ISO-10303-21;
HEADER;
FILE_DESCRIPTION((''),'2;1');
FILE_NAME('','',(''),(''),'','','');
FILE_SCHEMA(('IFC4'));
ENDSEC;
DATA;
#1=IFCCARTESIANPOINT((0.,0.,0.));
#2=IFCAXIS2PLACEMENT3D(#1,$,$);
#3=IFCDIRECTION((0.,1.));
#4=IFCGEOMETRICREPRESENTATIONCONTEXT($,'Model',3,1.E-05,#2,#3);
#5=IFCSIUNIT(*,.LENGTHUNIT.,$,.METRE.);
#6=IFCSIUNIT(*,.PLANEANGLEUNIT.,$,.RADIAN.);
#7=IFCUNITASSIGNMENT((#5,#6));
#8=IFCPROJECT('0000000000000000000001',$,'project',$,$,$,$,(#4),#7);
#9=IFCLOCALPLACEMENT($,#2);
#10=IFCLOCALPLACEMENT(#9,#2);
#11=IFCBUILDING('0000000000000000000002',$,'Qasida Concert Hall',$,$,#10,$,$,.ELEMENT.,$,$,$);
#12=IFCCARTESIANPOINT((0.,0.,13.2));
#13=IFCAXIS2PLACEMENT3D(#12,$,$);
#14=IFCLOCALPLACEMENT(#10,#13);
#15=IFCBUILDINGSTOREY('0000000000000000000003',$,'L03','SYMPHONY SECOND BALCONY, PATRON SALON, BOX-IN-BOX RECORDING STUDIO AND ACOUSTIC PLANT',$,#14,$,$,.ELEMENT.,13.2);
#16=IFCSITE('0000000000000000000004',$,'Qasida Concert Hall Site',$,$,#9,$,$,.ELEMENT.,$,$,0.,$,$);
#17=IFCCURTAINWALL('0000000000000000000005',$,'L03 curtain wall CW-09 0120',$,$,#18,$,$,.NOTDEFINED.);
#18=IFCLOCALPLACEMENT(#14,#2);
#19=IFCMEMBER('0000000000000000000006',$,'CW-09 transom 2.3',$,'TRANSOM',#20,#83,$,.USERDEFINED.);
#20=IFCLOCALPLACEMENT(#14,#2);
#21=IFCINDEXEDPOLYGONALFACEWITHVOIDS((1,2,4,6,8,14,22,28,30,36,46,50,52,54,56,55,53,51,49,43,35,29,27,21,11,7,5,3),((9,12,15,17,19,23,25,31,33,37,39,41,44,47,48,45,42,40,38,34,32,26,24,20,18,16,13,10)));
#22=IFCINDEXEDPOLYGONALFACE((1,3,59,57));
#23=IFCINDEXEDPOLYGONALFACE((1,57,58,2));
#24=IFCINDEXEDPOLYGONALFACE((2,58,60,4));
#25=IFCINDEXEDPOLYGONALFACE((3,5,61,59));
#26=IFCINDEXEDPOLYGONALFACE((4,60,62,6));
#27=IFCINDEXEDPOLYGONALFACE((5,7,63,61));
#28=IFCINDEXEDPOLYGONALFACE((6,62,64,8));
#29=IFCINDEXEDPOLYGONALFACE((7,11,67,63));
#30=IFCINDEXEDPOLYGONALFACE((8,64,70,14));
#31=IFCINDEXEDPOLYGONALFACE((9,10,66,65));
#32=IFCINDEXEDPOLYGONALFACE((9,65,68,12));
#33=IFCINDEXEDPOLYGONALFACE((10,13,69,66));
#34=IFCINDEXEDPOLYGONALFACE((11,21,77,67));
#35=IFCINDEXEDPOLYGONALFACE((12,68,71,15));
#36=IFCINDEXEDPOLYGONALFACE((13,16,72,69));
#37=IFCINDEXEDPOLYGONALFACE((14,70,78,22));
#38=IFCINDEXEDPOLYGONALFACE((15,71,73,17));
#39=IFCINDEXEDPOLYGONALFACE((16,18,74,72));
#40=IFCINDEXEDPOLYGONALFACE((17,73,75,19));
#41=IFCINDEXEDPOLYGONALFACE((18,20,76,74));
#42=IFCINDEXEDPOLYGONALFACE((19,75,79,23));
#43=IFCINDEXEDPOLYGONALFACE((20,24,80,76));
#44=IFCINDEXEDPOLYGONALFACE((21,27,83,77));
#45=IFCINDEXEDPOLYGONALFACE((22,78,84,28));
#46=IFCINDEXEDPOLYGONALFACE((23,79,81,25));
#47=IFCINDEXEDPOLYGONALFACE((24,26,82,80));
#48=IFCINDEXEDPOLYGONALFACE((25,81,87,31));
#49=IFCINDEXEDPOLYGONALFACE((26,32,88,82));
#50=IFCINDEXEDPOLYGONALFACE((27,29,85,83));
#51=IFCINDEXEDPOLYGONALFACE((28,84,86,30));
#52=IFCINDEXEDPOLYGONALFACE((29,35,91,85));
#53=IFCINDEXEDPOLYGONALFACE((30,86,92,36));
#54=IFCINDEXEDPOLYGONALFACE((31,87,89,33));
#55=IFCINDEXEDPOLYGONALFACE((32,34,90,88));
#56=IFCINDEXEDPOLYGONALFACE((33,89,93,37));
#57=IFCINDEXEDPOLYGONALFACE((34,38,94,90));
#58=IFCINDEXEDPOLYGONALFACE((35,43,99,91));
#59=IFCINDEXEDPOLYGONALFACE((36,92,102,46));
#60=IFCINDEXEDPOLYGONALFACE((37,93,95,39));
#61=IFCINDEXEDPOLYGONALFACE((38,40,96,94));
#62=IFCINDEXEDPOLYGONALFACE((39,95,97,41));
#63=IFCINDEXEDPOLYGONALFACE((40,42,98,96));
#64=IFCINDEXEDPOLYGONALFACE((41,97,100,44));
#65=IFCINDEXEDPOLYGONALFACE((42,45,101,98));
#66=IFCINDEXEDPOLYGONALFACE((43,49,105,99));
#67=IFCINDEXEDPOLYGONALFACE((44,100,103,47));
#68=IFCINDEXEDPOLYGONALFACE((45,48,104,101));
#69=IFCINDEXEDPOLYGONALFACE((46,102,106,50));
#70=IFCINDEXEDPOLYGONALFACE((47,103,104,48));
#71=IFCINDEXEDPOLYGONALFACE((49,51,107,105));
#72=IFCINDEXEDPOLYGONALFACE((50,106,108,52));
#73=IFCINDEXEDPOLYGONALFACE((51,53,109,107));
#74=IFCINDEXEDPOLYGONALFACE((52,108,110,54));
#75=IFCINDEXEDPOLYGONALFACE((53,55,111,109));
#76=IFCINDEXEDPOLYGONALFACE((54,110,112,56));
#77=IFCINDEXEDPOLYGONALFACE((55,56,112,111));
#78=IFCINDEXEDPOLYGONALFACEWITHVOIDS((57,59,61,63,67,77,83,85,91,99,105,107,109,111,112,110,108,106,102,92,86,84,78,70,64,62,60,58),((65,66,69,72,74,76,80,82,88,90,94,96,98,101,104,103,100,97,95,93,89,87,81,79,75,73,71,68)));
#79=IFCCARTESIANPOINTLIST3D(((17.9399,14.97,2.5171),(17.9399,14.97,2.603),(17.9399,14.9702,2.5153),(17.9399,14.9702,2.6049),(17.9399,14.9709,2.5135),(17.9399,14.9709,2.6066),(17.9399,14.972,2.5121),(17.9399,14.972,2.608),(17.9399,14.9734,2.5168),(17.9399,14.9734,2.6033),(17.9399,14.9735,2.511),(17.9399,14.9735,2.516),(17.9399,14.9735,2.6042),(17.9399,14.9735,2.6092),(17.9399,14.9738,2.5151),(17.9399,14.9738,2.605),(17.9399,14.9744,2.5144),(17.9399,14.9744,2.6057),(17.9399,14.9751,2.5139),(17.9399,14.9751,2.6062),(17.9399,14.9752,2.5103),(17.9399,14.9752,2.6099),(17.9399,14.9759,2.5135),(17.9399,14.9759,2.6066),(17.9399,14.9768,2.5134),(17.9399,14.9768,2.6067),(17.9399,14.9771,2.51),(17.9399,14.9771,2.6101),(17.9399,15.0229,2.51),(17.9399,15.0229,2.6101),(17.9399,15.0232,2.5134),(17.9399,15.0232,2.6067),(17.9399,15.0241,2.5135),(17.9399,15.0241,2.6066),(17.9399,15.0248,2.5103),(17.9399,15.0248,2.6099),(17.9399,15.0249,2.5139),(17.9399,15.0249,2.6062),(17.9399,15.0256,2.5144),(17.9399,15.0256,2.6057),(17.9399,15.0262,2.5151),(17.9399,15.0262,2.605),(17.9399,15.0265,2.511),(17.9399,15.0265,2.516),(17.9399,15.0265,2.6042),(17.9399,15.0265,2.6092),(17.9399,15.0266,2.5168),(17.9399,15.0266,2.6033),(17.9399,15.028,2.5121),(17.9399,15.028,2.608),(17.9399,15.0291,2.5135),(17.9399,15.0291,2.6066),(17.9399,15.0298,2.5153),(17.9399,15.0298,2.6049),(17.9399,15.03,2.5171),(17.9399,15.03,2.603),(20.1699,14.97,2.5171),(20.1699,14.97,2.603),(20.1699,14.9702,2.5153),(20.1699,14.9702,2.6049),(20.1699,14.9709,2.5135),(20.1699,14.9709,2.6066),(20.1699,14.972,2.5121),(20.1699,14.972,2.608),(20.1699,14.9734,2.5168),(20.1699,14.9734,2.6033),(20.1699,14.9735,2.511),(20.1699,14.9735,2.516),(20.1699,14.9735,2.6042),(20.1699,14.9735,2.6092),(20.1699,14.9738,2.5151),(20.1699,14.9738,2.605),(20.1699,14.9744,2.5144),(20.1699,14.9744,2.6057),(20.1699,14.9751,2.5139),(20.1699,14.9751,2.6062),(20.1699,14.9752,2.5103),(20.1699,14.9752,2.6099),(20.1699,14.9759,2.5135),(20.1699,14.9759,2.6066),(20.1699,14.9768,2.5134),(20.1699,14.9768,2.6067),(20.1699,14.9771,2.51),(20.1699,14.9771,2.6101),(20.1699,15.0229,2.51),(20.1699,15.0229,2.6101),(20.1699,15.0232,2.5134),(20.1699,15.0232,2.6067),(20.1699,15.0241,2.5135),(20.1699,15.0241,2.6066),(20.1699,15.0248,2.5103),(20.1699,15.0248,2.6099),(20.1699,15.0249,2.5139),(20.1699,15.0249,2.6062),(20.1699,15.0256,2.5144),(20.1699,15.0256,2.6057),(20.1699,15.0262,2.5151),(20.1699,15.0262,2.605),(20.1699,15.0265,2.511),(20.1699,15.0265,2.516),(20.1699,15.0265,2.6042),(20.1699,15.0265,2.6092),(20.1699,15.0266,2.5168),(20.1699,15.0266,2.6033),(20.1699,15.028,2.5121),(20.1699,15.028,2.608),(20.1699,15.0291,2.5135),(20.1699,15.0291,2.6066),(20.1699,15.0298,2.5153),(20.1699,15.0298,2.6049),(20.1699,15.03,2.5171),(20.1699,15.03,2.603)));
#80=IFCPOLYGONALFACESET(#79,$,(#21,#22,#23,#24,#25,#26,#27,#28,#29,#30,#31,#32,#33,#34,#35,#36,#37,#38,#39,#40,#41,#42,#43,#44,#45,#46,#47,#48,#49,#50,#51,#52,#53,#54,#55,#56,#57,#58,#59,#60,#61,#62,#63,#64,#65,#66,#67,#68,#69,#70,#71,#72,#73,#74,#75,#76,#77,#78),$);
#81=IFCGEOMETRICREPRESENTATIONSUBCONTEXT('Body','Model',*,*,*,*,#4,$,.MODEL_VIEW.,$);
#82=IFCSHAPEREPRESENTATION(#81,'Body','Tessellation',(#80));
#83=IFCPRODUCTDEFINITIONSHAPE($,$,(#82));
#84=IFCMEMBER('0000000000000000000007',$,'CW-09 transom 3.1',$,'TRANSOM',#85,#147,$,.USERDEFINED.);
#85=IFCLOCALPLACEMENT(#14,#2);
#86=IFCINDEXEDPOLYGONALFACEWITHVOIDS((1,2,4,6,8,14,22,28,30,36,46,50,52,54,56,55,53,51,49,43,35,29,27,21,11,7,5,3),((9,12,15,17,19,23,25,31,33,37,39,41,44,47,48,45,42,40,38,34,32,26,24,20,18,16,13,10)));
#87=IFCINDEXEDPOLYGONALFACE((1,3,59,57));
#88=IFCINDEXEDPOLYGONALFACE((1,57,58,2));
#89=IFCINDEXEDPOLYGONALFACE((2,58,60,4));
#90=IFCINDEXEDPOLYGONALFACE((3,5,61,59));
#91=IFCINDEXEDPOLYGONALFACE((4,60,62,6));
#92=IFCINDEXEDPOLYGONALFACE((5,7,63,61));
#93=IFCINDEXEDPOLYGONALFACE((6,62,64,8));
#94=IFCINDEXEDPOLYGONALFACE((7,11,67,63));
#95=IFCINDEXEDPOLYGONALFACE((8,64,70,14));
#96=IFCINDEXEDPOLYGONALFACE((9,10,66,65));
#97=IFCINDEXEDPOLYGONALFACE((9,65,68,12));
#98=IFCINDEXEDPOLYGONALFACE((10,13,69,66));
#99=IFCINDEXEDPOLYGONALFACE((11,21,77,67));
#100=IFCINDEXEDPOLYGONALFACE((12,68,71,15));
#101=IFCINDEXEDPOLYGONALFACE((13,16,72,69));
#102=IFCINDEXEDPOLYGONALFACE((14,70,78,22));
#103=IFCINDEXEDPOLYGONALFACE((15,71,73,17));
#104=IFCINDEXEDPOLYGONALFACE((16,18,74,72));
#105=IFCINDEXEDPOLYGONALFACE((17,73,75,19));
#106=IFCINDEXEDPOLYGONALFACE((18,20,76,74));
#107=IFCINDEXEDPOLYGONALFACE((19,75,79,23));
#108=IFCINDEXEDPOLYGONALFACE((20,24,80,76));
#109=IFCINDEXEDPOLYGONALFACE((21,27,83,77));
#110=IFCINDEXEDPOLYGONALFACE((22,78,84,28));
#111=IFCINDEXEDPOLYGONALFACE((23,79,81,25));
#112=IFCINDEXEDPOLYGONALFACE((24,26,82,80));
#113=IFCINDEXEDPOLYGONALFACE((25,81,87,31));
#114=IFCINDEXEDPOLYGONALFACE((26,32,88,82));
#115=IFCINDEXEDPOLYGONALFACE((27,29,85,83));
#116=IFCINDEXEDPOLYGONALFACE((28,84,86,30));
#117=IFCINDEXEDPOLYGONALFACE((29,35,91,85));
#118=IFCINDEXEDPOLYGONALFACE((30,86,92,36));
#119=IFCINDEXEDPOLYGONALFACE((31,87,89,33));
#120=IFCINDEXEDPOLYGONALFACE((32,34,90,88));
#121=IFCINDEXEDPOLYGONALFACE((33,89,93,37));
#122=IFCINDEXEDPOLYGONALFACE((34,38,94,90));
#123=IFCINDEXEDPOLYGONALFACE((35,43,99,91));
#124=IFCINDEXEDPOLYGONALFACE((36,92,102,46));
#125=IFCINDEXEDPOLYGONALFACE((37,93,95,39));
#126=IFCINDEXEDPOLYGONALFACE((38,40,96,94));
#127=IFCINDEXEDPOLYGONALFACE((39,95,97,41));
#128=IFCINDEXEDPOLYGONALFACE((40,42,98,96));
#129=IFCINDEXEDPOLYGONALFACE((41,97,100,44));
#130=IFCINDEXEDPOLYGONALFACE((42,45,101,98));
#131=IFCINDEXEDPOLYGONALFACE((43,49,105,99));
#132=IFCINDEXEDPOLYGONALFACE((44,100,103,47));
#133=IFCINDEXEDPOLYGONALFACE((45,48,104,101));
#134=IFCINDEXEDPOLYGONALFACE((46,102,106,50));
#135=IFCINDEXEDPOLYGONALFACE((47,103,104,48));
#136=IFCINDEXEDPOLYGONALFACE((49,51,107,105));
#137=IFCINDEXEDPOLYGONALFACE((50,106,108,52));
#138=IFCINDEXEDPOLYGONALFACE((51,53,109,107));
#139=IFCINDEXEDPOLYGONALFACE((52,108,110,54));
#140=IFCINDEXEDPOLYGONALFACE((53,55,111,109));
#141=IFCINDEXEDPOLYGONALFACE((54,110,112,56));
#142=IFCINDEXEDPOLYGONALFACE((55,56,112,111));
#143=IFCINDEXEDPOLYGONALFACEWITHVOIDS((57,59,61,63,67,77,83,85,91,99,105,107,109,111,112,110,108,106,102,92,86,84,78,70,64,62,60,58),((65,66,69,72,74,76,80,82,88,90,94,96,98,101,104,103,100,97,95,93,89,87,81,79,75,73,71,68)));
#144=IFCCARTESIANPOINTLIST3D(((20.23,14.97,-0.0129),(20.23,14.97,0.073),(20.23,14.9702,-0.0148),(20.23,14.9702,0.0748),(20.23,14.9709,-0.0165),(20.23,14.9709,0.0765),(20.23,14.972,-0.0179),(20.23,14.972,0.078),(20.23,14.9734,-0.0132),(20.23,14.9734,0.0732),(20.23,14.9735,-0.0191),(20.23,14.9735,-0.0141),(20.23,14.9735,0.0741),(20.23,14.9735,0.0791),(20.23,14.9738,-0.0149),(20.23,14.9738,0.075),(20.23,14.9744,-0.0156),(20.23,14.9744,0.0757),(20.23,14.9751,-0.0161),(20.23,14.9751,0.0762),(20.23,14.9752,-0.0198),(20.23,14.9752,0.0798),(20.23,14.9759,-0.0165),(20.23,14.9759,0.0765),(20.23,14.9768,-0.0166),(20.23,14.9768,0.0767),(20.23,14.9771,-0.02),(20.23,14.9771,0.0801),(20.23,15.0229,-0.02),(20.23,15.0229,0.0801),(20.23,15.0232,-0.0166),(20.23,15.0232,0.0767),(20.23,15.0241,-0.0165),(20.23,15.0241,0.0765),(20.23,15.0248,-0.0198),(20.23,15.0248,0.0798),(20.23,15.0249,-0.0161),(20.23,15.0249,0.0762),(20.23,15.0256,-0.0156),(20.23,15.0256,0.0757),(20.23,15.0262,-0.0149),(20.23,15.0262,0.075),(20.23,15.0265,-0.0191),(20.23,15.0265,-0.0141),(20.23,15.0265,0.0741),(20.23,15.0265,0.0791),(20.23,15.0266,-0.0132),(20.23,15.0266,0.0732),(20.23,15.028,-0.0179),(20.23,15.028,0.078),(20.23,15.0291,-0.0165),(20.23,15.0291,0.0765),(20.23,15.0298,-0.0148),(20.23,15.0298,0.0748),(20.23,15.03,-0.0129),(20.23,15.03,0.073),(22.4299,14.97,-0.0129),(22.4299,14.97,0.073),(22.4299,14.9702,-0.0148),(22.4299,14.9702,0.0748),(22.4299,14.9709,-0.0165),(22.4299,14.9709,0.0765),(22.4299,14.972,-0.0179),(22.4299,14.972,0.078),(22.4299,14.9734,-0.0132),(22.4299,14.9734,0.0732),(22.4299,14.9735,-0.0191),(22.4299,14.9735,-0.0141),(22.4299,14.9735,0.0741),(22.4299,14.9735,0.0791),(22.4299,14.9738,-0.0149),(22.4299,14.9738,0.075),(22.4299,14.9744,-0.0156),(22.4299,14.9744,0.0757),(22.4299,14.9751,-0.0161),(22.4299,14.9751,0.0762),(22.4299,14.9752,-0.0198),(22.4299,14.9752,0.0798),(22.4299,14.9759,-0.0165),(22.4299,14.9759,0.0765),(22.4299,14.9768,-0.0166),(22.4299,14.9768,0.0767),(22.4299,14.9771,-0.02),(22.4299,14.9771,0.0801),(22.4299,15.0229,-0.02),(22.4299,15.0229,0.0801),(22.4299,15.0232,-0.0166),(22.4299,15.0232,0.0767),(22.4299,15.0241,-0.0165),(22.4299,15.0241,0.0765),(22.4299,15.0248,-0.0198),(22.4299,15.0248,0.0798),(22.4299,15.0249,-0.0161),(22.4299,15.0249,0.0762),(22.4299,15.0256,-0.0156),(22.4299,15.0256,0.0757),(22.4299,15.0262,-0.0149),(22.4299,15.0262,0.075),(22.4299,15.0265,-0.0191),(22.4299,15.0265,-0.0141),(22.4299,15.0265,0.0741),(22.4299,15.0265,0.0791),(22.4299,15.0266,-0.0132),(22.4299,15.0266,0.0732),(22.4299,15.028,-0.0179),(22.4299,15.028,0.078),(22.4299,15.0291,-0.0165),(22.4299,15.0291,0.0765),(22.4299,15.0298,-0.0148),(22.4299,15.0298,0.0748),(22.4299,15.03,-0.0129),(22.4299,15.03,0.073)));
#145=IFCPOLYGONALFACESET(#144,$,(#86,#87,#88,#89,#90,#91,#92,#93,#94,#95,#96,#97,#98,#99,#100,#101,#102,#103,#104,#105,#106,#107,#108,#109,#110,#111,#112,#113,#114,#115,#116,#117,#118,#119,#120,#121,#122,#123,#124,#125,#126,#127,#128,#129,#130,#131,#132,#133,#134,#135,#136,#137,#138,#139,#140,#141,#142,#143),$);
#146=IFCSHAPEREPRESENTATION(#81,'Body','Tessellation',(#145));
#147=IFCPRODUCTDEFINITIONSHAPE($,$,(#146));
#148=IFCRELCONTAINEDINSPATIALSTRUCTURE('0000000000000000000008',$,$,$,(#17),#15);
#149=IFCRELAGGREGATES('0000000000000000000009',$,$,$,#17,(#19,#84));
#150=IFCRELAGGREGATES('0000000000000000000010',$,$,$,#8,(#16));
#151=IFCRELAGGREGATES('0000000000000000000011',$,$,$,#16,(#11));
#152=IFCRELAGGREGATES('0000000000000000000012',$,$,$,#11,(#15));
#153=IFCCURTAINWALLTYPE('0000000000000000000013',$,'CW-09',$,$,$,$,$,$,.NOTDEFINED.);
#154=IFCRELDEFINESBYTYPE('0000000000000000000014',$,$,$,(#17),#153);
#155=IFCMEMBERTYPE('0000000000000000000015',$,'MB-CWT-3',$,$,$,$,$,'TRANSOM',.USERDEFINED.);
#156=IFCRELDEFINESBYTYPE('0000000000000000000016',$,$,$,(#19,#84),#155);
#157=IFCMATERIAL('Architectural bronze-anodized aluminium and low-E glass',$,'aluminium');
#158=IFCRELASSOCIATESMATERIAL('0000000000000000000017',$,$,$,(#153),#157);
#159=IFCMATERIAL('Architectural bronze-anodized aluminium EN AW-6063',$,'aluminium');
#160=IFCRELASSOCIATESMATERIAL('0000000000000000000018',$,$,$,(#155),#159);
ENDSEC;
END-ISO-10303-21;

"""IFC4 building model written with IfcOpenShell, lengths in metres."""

from ifc_helpers import new_model, si_unit, direction, frame, origin, origin_2d, place, context, subcontext, project, spatial, hollow_rectangle, extrude, material, material_profile, profile_set, type_object, element, aggregate, save


model = new_model("IFC4")

# Units and contexts
model_context = context("Model", 3, precision=1e-05, world=origin(), true_north=direction((0.0, 1.0)))
body_context = subcontext(model_context, "Body", "Model", "MODEL_VIEW")
ifc_project = project(units=[si_unit("LENGTHUNIT", "METRE"), si_unit("PLANEANGLEUNIT", "RADIAN")], contexts=[model_context])

# Site, building, storey
site_placement = place(None, origin())
site = spatial("IfcSite", under=ifc_project, at=site_placement, Name="Qasida Concert Hall Site", CompositionType="ELEMENT", RefElevation=0.0)
building_placement = place(site_placement, origin())
building = spatial("IfcBuilding", under=site, at=building_placement, Name="Qasida Concert Hall", CompositionType="ELEMENT")
storey_placement = place(building_placement, frame((0.0, 0.0, 13.2)))
storey = spatial("IfcBuildingStorey", under=building, at=storey_placement, Name="L03", Description="SYMPHONY SECOND BALCONY, PATRON SALON, BOX-IN-BOX RECORDING STUDIO AND ACOUSTIC PLANT", CompositionType="ELEMENT", Elevation=13.2)

# Curtain wall
ifc_material_1 = material(Name="Architectural bronze-anodized aluminium and low-E glass", Category="aluminium")
curtain_wall_type = type_object("IfcCurtainWallType", Name="CW-09", PredefinedType="NOTDEFINED", material=ifc_material_1)
curtain_wall_1_placement = place(storey_placement, origin())
curtain_wall_1 = element("IfcCurtainWall", 1, at=curtain_wall_1_placement, inside=storey, type_object=curtain_wall_type, Name="L03 curtain wall CW-09 0120", PredefinedType="NOTDEFINED")
ifc_material_2 = material(Name="Architectural bronze-anodized aluminium EN AW-6063", Category="aluminium")

# Members
ifc_material_profile_1 = material_profile(ifc_material_2, hollow_rectangle(XDim=0.0601, YDim=0.1001, WallThickness=0.0034, InnerFilletRadius=0.0034, OuterFilletRadius=0.0071, at=origin_2d()), Name="CWT 100x60x3.5")
ifc_profile_set_1 = profile_set([ifc_material_profile_1], Name="Architectural bronze-anodized aluminium EN AW-6063")
member_type_1 = type_object("IfcMemberType", Name="MB-CWT-3", ElementType="TRANSOM", PredefinedType="USERDEFINED", material=ifc_profile_set_1)
member_1_placement = place(storey_placement, frame((17.9399, 15.0, 2.5601), z_axis=(1.0, 0.0, 0.0), x_axis=(0.0, 1.0, 0.0)))
member_1 = element("IfcMember", 2, at=member_1_placement, type_object=member_type_1, Name="CW-09 transom 2.3", ObjectType="TRANSOM", PredefinedType="USERDEFINED", context=body_context, shape_type="SweptSolid", body=[
    extrude(hollow_rectangle(XDim=0.0601, YDim=0.1001, WallThickness=0.0034, InnerFilletRadius=0.0034, OuterFilletRadius=0.0071, at=origin_2d()), origin(), (0.0, 0.0, 1.0), 2.23),
])
member_2_placement = place(storey_placement, frame((20.23, 15.0, 0.03), z_axis=(1.0, 0.0, 0.0), x_axis=(0.0, 1.0, 0.0)))
member_2 = element("IfcMember", 3, at=member_2_placement, type_object=member_type_1, Name="CW-09 transom 3.1", ObjectType="TRANSOM", PredefinedType="USERDEFINED", context=body_context, shape_type="SweptSolid", body=[
    extrude(hollow_rectangle(XDim=0.0601, YDim=0.1001, WallThickness=0.0034, InnerFilletRadius=0.0034, OuterFilletRadius=0.0071, at=origin_2d()), origin(), (0.0, 0.0, 1.0), 2.2),
])

aggregate(curtain_wall_1, [member_1, member_2])

save(model, "model.ifc")
